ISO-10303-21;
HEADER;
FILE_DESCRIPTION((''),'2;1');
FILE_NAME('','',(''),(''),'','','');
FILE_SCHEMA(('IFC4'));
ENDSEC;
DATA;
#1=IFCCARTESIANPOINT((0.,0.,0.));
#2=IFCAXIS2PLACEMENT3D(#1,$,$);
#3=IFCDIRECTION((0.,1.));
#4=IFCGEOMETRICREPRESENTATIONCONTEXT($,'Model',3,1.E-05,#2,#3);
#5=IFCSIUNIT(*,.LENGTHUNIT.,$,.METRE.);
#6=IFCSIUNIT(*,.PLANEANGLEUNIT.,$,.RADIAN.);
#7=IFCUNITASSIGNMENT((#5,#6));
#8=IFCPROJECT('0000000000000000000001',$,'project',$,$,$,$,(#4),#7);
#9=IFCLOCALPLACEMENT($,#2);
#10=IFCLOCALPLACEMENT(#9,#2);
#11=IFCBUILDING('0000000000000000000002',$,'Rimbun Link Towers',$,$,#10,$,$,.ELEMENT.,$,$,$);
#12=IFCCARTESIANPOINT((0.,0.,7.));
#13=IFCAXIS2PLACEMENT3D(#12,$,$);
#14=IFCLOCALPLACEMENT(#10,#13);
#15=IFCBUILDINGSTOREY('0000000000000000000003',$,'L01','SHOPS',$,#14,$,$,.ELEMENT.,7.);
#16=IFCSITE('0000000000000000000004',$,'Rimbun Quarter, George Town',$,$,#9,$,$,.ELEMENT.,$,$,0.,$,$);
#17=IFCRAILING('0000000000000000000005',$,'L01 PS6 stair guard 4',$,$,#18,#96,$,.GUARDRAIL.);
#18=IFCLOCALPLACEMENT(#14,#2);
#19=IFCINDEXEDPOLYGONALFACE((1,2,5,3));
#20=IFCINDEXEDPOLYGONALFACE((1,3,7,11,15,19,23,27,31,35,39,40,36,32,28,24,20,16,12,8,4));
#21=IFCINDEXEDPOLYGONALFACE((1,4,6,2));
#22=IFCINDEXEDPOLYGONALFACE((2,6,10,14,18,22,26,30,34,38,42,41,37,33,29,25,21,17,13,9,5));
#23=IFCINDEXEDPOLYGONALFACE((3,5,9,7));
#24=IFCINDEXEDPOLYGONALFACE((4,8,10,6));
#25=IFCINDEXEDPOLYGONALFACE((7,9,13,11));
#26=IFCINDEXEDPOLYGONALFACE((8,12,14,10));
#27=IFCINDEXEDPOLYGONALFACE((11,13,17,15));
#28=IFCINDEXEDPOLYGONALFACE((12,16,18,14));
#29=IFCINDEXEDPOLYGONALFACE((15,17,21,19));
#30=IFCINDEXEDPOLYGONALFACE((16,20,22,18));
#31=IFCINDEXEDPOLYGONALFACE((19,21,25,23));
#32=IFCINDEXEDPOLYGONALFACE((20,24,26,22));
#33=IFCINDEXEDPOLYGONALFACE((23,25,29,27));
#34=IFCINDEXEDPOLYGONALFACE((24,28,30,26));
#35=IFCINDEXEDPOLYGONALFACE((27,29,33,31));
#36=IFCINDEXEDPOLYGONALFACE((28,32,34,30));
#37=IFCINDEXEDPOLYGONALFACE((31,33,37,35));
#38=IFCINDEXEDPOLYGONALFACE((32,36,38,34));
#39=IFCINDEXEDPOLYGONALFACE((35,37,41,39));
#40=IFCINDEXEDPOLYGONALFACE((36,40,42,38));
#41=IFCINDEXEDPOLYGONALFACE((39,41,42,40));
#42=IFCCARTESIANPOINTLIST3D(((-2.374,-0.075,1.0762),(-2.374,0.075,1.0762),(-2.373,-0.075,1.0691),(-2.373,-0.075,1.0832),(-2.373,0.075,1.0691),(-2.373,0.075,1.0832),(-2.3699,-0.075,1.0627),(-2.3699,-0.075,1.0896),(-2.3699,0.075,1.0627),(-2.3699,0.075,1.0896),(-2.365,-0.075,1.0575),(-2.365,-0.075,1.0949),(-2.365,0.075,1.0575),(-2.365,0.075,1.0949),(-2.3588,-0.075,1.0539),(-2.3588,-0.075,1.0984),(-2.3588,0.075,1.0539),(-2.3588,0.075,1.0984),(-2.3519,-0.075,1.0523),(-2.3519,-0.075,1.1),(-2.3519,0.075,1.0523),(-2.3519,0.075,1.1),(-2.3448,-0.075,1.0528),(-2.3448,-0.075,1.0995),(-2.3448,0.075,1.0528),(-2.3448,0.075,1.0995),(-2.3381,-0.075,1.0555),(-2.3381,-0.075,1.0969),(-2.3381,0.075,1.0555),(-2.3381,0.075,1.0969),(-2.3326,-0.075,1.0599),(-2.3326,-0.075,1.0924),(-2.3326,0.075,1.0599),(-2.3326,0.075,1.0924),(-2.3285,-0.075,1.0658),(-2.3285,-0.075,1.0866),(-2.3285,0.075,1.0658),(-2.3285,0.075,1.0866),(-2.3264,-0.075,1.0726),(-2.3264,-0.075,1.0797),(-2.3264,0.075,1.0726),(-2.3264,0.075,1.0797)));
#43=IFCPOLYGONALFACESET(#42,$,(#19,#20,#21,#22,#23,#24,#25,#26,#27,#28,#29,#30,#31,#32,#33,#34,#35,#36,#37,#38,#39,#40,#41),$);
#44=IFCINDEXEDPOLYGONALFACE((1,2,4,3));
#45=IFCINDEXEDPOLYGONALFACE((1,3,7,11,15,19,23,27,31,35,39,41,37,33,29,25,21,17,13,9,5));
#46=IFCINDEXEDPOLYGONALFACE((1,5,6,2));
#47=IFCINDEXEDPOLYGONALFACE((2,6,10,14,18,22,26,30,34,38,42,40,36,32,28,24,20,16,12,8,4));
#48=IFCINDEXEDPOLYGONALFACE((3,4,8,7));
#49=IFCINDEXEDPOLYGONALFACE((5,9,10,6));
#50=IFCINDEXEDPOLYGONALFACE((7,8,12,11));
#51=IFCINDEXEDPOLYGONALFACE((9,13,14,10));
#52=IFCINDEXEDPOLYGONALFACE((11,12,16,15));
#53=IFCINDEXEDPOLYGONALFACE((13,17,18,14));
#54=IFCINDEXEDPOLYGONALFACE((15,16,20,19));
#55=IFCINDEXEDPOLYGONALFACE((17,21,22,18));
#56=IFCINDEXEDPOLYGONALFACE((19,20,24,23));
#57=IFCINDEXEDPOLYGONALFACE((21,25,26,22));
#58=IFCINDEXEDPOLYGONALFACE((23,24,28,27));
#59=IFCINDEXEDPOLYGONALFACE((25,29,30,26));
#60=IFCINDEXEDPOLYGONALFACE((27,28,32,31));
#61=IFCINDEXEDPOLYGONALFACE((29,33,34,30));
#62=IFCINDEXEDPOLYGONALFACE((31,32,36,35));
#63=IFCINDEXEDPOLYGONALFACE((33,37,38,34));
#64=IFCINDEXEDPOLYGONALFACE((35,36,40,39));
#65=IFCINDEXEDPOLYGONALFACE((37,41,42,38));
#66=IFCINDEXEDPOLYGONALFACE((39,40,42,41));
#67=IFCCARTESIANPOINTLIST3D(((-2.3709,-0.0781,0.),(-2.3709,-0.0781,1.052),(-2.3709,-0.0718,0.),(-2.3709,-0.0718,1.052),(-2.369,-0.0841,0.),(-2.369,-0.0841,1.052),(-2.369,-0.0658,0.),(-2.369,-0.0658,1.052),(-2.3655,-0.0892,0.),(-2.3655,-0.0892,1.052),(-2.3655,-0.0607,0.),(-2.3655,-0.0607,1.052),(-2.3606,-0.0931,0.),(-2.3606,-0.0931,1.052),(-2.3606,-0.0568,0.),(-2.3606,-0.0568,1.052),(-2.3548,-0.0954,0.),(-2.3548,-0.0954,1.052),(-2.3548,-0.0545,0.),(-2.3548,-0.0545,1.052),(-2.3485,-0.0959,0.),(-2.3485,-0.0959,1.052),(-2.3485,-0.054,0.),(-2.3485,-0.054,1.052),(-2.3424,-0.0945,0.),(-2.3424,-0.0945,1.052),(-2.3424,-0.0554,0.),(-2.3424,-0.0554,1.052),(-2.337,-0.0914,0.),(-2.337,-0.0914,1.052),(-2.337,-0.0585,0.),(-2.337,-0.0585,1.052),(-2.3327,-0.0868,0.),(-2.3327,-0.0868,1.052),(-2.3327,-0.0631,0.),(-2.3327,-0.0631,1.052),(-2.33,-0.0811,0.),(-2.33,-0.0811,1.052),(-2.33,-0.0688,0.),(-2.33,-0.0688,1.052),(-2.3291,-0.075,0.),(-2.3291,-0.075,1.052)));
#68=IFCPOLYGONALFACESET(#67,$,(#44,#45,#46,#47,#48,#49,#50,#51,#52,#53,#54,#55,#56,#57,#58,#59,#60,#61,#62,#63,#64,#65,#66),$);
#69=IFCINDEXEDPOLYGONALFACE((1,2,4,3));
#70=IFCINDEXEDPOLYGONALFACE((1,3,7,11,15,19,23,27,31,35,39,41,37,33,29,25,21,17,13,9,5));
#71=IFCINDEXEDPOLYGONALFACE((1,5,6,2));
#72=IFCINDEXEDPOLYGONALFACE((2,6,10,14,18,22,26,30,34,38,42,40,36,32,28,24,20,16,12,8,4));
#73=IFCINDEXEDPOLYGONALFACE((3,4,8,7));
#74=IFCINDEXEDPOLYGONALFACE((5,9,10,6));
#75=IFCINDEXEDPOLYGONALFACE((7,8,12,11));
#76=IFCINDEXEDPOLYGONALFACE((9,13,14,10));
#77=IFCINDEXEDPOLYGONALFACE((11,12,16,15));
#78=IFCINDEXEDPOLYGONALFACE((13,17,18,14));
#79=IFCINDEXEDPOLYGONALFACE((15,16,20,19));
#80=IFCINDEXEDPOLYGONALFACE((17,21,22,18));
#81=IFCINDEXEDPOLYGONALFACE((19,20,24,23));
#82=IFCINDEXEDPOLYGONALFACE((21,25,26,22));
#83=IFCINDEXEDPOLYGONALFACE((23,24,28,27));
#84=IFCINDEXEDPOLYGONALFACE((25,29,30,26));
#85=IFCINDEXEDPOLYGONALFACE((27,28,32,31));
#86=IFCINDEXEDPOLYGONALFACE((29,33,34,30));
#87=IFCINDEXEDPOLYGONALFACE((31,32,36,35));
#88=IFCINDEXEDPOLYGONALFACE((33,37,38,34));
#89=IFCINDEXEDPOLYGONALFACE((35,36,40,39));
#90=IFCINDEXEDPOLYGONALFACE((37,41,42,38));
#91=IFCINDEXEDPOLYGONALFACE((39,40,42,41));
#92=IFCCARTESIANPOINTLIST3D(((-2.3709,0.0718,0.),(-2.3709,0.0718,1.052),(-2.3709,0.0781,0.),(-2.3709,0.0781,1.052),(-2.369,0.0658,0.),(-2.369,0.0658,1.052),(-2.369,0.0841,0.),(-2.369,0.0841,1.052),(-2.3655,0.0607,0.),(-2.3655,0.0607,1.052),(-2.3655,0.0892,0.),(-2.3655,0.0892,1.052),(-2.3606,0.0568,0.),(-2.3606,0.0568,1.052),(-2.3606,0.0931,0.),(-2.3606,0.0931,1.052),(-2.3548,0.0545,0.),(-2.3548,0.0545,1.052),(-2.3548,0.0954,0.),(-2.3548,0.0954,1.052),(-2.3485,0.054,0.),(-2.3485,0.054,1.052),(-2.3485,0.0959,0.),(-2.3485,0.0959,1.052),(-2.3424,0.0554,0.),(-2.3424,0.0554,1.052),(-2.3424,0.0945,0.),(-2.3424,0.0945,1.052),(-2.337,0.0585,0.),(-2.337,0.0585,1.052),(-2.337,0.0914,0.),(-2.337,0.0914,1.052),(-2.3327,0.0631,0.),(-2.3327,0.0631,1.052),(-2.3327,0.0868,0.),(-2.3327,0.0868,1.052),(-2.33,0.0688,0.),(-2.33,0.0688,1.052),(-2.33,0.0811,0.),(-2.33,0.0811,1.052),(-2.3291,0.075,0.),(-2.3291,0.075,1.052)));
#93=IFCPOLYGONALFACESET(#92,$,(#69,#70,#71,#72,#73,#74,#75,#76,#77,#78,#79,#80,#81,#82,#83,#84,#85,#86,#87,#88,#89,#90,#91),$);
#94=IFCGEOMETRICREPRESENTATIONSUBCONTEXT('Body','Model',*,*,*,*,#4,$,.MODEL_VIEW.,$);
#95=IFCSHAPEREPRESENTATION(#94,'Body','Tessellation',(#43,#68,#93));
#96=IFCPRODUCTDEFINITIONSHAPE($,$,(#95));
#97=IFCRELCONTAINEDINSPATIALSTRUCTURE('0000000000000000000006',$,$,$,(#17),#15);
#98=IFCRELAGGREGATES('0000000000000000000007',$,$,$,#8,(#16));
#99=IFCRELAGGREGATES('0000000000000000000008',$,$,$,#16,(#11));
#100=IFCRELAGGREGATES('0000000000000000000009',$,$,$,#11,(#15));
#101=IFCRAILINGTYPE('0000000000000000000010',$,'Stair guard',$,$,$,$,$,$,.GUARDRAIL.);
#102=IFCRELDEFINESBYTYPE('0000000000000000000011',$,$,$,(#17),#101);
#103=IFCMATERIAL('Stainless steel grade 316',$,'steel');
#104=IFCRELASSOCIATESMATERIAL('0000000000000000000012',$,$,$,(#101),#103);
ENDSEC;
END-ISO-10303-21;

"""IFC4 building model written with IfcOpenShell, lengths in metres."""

from ifc_helpers import new_model, si_unit, direction, frame, origin, origin_2d, place, context, subcontext, project, spatial, circle, extrude, material, type_object, element, save


model = new_model("IFC4")

# Units and contexts
model_context = context("Model", 3, precision=1e-05, world=origin(), true_north=direction((0.0, 1.0)))
body_context = subcontext(model_context, "Body", "Model", "MODEL_VIEW")
ifc_project = project(units=[si_unit("LENGTHUNIT", "METRE"), si_unit("PLANEANGLEUNIT", "RADIAN")], contexts=[model_context])

# Site, building, storey
site_placement = place(None, origin())
site = spatial("IfcSite", under=ifc_project, at=site_placement, Name="Rimbun Quarter, George Town", CompositionType="ELEMENT", RefElevation=0.0)
building_placement = place(site_placement, origin())
building = spatial("IfcBuilding", under=site, at=building_placement, Name="Rimbun Link Towers", CompositionType="ELEMENT")
storey_placement = place(building_placement, frame((0.0, 0.0, 7.0)))
storey = spatial("IfcBuildingStorey", under=building, at=storey_placement, Name="L01", Description="SHOPS", CompositionType="ELEMENT", Elevation=7.0)

# Railing
ifc_material_1 = material(Name="Stainless steel grade 316", Category="steel")
railing_type_1 = type_object("IfcRailingType", Name="Stair guard", PredefinedType="GUARDRAIL", material=ifc_material_1)
railing_1_placement = place(storey_placement, frame((-2.3501, -0.075, 0.0)))
element("IfcRailing", 1, at=railing_1_placement, inside=storey, type_object=railing_type_1, Name="L01 PS6 stair guard 4", PredefinedType="GUARDRAIL", context=body_context, shape_type="SweptSolid", body=[
    extrude(circle(Radius=0.0239, at=origin_2d()), frame((0.0, 0.0, 1.0762), z_axis=(0.0, 1.0, 0.0), x_axis=(-1.0, 0.0, 0.0)), (0.0, 0.0, 1.0), 0.1499),
    extrude(circle(Radius=0.021, at=origin_2d()), origin(), (0.0, 0.0, 1.0), 1.052),
    extrude(circle(Radius=0.021, at=origin_2d()), frame((0.0, 0.1499, 0.0)), (0.0, 0.0, 1.0), 1.052),
])

save(model, "model.ifc")
